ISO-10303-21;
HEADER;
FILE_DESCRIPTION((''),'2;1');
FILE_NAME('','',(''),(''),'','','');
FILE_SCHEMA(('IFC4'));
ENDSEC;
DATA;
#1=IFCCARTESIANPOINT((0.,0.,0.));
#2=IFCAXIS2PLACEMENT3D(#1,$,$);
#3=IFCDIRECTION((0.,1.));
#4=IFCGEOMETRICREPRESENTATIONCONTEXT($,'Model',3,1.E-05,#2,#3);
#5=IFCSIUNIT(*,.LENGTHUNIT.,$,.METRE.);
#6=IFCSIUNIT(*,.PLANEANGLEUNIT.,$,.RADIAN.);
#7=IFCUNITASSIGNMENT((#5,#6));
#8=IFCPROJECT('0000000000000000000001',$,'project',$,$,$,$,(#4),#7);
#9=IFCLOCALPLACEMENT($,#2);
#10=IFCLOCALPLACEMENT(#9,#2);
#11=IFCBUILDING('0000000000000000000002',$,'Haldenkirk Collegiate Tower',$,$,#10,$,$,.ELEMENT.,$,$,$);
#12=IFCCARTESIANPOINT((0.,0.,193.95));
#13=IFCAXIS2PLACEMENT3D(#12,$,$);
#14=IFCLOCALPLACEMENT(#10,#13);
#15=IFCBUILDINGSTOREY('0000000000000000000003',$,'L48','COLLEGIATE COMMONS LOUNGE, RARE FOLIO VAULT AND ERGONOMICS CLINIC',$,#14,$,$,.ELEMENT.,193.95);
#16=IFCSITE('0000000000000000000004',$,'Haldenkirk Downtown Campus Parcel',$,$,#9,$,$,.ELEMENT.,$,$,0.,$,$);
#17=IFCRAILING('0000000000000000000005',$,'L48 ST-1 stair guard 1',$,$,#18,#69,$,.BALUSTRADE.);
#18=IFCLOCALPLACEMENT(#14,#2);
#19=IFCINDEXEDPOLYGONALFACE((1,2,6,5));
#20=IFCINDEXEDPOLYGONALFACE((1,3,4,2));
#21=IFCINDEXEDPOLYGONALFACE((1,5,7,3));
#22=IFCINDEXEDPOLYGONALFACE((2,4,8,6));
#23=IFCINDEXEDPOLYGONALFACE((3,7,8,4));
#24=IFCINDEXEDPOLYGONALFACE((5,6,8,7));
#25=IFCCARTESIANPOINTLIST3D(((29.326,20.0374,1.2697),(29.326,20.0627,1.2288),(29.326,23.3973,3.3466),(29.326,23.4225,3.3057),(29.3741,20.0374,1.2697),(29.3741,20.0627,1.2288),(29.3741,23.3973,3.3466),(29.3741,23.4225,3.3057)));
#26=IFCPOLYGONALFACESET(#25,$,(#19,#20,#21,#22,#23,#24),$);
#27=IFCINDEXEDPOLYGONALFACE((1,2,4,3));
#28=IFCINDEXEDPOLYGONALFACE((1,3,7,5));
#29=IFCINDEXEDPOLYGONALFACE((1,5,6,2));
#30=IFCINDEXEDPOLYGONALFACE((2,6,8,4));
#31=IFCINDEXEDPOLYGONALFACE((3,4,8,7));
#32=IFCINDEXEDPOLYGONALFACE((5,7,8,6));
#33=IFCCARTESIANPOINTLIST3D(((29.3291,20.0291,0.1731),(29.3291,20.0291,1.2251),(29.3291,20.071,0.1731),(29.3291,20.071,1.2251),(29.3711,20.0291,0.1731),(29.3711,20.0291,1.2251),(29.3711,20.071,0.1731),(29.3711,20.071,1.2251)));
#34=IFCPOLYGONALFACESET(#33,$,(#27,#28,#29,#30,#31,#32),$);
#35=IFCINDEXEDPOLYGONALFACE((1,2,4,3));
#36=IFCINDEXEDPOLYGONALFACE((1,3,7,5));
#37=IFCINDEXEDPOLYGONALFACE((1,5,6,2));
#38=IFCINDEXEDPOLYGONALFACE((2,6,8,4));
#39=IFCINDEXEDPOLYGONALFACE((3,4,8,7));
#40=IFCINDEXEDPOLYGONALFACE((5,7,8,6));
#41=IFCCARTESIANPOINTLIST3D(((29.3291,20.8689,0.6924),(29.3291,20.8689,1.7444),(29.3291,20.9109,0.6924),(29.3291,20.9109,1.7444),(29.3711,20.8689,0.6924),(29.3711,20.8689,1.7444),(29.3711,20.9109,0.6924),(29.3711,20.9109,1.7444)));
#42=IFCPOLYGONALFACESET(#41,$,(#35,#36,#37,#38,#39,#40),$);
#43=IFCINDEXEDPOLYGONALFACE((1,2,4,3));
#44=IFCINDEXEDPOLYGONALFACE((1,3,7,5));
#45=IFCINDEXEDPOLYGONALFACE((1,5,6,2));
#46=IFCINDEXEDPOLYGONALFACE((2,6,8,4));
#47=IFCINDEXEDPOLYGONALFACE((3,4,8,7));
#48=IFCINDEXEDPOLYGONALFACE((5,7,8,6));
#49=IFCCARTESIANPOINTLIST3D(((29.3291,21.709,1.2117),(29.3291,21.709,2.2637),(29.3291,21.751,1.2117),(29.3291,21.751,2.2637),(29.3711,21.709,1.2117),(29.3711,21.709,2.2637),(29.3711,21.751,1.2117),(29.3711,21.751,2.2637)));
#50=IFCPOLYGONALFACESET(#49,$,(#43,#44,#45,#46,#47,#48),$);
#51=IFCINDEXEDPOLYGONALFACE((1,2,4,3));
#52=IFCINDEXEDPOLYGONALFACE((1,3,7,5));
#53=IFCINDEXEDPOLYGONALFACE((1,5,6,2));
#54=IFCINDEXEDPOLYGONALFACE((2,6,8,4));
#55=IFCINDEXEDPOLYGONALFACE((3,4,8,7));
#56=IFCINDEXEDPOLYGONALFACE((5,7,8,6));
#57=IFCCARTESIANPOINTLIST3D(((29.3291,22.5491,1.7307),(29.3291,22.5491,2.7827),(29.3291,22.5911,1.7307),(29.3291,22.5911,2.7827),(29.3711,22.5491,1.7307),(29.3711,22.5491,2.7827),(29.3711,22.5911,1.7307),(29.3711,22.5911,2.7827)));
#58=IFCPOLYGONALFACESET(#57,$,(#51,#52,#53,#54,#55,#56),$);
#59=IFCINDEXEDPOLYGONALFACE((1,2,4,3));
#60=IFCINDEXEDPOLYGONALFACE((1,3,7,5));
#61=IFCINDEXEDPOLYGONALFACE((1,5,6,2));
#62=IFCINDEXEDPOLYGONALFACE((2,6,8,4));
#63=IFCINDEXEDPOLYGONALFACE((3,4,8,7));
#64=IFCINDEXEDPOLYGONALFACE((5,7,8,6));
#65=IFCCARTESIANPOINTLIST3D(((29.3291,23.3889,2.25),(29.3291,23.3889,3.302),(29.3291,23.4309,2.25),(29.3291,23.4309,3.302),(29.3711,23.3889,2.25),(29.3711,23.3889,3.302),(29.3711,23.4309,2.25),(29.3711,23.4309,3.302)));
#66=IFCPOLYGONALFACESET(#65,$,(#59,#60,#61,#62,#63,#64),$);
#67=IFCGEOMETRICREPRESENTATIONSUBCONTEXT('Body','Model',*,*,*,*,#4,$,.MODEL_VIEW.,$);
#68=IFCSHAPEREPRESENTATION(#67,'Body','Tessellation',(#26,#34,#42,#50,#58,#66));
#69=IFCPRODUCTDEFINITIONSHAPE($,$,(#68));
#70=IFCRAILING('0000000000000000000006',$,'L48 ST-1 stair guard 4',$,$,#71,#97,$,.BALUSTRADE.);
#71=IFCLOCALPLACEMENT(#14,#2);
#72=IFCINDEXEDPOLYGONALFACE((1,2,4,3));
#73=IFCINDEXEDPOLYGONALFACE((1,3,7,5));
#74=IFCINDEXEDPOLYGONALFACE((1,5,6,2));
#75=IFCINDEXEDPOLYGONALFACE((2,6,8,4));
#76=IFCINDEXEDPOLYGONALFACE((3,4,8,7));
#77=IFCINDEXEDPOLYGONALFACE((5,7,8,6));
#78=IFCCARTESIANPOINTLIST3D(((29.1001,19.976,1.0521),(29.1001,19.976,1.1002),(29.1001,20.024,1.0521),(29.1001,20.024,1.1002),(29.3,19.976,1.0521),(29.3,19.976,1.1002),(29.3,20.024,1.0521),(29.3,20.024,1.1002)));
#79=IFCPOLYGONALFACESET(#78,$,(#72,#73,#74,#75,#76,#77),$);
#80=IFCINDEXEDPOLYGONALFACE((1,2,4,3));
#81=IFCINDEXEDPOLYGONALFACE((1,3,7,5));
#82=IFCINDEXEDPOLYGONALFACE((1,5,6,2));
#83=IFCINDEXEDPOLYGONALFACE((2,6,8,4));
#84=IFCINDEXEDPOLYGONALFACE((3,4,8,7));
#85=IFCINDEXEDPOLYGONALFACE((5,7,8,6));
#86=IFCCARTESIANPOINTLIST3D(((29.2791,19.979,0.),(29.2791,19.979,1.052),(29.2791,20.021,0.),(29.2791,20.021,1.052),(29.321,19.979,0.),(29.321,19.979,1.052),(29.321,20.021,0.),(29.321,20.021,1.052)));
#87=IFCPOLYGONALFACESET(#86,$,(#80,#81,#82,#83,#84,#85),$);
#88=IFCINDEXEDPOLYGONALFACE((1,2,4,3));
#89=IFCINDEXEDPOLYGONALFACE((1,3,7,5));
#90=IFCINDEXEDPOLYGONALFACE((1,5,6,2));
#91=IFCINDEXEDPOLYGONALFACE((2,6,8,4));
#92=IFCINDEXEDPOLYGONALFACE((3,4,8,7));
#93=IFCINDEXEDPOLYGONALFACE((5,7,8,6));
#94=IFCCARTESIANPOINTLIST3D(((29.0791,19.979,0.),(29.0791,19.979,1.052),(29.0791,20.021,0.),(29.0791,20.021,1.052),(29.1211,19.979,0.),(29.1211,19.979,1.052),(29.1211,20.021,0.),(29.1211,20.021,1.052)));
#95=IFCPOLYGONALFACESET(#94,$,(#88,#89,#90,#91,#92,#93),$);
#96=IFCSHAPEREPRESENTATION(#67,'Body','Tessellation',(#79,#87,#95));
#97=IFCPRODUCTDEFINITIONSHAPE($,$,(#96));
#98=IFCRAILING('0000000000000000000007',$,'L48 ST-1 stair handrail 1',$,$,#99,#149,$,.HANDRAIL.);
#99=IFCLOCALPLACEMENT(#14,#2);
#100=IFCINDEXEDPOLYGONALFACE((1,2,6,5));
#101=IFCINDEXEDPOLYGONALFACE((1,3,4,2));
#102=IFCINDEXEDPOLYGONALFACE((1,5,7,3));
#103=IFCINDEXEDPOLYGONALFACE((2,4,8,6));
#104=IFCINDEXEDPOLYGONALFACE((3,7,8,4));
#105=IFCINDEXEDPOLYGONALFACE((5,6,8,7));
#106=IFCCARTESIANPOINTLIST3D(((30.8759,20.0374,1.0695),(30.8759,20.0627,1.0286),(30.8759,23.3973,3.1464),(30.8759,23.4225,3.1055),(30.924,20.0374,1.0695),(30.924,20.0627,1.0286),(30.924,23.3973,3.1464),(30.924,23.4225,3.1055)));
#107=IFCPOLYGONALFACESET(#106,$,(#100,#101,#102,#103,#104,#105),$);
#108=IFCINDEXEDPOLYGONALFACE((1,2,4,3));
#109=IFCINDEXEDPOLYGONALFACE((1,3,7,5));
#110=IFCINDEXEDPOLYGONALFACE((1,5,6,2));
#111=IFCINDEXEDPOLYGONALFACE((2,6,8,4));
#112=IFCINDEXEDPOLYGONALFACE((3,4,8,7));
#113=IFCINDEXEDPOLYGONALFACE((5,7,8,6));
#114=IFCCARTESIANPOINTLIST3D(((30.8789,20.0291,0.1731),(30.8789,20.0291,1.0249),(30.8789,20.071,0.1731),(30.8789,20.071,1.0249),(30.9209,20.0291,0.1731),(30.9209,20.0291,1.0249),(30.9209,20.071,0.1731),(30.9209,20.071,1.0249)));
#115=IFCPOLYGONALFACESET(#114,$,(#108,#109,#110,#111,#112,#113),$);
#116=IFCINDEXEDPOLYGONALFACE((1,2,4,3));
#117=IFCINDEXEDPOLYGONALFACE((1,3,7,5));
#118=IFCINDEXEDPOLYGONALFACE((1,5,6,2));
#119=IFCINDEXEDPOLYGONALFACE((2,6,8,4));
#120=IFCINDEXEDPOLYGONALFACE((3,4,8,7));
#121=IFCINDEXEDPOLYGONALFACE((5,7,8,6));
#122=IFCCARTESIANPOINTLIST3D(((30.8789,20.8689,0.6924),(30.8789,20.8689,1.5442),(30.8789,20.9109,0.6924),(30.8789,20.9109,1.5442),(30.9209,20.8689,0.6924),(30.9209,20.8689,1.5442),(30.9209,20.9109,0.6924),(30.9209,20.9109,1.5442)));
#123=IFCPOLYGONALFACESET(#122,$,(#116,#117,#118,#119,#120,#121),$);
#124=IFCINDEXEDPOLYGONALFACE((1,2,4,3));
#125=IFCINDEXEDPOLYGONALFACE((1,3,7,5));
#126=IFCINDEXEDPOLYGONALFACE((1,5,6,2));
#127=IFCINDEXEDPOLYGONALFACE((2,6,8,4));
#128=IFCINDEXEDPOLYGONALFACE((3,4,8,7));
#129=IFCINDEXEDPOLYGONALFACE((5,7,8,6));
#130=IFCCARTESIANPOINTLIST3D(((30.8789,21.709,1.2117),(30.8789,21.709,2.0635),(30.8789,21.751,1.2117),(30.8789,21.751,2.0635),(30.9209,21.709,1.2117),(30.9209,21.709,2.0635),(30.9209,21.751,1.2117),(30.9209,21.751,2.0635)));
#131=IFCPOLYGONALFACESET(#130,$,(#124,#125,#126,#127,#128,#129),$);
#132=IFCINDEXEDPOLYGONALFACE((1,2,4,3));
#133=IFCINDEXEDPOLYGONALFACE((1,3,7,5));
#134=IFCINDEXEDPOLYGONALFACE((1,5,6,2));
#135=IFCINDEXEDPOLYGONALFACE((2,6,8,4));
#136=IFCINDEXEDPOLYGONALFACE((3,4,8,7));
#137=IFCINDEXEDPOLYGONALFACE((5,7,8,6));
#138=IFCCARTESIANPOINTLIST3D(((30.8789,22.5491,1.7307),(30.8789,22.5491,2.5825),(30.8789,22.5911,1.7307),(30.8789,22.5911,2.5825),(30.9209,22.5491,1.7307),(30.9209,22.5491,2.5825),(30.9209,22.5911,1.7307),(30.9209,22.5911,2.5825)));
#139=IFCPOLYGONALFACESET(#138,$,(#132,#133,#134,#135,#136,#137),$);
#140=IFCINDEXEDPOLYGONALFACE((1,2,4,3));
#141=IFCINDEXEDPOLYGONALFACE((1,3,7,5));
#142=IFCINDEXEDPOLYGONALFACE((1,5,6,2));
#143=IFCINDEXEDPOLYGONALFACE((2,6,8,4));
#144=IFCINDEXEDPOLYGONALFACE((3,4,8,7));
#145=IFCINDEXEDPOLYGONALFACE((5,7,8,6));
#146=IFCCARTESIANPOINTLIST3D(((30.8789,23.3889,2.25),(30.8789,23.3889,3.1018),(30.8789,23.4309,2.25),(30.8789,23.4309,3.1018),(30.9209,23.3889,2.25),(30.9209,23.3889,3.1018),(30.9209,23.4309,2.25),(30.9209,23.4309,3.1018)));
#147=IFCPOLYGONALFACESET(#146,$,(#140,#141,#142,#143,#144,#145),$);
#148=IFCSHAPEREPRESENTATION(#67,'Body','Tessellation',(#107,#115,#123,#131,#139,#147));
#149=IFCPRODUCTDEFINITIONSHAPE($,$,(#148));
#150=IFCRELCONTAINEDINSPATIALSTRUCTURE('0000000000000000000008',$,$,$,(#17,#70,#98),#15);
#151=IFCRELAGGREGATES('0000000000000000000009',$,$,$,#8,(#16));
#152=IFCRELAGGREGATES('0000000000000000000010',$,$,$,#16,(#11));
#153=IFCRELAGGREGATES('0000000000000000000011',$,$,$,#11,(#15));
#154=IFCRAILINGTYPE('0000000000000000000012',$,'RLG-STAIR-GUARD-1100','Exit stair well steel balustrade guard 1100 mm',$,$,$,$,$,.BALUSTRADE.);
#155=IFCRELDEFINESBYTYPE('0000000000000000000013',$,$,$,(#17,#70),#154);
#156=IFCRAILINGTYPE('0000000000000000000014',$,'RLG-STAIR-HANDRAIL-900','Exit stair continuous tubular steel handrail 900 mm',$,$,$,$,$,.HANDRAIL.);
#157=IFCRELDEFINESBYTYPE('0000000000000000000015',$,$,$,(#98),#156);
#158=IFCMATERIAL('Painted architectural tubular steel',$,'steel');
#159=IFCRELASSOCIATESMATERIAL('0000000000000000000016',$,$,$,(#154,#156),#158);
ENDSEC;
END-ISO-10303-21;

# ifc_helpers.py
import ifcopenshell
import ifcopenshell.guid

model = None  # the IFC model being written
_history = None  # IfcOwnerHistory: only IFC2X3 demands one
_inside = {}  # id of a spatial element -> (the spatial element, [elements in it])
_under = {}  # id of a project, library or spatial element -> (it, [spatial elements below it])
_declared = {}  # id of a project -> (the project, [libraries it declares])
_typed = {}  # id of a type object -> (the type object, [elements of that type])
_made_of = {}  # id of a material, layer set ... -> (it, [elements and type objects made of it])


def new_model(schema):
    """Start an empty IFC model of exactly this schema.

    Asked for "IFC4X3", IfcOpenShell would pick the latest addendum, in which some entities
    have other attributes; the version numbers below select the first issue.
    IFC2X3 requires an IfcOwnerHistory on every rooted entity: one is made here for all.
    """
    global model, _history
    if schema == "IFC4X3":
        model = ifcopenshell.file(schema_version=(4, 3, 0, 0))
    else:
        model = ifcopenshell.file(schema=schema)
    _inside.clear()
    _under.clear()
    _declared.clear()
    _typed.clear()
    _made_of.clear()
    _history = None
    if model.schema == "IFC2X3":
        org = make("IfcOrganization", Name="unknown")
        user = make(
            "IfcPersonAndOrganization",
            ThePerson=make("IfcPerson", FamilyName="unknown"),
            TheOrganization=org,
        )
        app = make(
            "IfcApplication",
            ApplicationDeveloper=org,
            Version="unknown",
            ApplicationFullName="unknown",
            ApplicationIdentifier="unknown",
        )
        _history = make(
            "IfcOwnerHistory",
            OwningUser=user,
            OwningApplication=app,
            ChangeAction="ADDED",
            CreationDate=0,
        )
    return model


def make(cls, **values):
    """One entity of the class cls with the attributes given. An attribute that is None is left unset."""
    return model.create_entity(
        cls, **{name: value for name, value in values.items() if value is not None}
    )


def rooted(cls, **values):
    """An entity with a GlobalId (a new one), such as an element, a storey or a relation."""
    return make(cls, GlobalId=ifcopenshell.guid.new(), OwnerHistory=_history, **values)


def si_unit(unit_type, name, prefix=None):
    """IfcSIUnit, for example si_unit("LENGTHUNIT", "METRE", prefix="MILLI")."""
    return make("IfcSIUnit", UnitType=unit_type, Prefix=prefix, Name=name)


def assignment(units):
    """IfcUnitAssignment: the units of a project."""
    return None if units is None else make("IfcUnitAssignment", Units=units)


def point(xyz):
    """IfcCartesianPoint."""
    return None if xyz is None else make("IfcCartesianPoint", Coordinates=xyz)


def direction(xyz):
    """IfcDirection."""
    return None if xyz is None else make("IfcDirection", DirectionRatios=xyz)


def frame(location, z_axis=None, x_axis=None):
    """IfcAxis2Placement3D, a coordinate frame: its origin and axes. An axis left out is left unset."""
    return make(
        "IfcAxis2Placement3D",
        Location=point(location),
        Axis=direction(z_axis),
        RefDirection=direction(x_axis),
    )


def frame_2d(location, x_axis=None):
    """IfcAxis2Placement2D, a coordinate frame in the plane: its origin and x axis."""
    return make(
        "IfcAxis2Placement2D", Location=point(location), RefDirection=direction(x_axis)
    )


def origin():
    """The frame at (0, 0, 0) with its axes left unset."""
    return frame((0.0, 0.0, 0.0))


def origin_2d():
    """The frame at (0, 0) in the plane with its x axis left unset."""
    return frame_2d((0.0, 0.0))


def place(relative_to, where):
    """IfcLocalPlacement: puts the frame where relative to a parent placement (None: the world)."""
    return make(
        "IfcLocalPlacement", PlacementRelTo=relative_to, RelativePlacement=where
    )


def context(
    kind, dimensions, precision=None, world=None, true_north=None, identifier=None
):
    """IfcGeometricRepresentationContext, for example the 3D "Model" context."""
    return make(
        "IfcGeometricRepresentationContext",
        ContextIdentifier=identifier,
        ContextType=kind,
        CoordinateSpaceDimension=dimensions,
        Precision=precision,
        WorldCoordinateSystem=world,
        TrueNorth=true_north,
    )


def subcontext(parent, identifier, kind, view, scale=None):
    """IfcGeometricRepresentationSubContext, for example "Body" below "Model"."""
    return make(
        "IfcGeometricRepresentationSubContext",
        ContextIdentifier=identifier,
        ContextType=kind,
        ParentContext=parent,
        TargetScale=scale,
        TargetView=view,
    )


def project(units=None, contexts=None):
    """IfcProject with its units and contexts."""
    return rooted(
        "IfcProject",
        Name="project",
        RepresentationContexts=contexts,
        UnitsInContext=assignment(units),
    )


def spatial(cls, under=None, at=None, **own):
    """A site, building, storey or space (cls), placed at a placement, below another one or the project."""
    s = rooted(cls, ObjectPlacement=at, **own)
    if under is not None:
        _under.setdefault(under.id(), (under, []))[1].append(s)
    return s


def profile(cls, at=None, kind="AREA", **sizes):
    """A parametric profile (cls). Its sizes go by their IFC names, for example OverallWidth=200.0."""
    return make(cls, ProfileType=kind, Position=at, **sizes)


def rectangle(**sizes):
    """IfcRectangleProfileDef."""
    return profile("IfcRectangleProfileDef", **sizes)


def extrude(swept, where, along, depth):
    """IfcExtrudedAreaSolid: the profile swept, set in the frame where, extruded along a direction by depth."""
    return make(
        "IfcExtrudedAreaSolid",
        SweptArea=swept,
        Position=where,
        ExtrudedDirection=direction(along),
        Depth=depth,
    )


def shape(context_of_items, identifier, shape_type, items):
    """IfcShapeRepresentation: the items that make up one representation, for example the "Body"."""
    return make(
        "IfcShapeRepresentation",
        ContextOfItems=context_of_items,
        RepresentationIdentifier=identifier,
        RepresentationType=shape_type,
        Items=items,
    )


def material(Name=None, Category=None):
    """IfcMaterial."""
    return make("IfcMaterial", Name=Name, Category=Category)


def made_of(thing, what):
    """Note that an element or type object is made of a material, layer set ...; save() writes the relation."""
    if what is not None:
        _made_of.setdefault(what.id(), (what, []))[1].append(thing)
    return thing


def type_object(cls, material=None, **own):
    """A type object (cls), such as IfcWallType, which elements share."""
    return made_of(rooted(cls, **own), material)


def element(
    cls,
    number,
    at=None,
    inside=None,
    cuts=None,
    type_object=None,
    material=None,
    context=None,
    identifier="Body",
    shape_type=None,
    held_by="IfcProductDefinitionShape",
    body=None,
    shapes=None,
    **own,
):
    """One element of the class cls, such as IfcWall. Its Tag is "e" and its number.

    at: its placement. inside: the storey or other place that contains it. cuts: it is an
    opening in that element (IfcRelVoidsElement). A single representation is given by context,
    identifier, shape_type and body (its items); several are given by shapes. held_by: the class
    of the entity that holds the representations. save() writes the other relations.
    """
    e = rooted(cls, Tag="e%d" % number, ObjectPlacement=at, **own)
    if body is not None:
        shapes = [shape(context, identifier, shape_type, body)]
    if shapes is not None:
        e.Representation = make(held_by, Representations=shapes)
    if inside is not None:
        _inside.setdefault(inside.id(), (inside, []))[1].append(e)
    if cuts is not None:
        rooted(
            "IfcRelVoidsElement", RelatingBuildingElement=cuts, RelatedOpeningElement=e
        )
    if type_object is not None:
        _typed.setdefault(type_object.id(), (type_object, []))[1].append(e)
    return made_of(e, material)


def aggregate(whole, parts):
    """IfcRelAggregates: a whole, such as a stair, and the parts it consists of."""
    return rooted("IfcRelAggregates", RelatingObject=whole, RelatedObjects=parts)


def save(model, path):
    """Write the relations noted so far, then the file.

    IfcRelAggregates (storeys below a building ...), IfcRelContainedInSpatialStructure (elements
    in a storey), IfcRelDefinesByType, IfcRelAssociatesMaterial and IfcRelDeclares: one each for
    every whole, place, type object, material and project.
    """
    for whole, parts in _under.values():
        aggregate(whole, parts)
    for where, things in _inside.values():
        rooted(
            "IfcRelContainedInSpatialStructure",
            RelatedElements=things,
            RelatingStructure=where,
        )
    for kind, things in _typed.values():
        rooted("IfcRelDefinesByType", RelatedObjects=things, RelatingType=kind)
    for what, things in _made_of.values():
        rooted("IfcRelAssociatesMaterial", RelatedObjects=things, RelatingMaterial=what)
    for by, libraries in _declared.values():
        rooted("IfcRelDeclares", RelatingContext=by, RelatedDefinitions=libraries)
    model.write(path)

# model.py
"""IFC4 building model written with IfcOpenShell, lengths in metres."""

from ifc_helpers import new_model, si_unit, direction, frame, origin, origin_2d, place, context, subcontext, project, spatial, rectangle, extrude, material, type_object, element, save


model = new_model("IFC4")

# Units and contexts
model_context = context("Model", 3, precision=1e-05, world=origin(), true_north=direction((0.0, 1.0)))
body_context = subcontext(model_context, "Body", "Model", "MODEL_VIEW")
ifc_project = project(units=[si_unit("LENGTHUNIT", "METRE"), si_unit("PLANEANGLEUNIT", "RADIAN")], contexts=[model_context])

# Site, building, storey
site_placement = place(None, origin())
site = spatial("IfcSite", under=ifc_project, at=site_placement, Name="Haldenkirk Downtown Campus Parcel", CompositionType="ELEMENT", RefElevation=0.0)
building_placement = place(site_placement, origin())
building = spatial("IfcBuilding", under=site, at=building_placement, Name="Haldenkirk Collegiate Tower", CompositionType="ELEMENT")
storey_placement = place(building_placement, frame((0.0, 0.0, 193.95)))
storey = spatial("IfcBuildingStorey", under=building, at=storey_placement, Name="L48", Description="COLLEGIATE COMMONS LOUNGE, RARE FOLIO VAULT AND ERGONOMICS CLINIC", CompositionType="ELEMENT", Elevation=193.95)

# Railings
ifc_material_1 = material(Name="Painted architectural tubular steel", Category="steel")
railing_type_1 = type_object("IfcRailingType", Name="RLG-STAIR-GUARD-1100", Description="Exit stair well steel balustrade guard 1100 mm", PredefinedType="BALUSTRADE", material=ifc_material_1)
railing_1_placement = place(storey_placement, frame((29.3501, 20.05, 0.1731)))
element("IfcRailing", 1, at=railing_1_placement, inside=storey, type_object=railing_type_1, Name="L48 ST-1 stair guard 1", PredefinedType="BALUSTRADE", context=body_context, shape_type="SweptSolid", body=[
    extrude(rectangle(XDim=0.0481, YDim=0.0481, at=origin_2d()), frame((0.0, 0.0, 1.0762), z_axis=(0.0, 0.850606, 0.525803), x_axis=(-1.0, 0.0, 0.0)), (0.0, 0.0, 1.0), 3.95),
    extrude(rectangle(XDim=0.042, YDim=0.042, at=origin_2d()), origin(), (0.0, 0.0, 1.0), 1.052),
    extrude(rectangle(XDim=0.042, YDim=0.042, at=origin_2d()), frame((0.0, 0.8398, 0.5193)), (0.0, 0.0, 1.0), 1.052),
    extrude(rectangle(XDim=0.042, YDim=0.042, at=origin_2d()), frame((0.0, 1.6799, 1.0386)), (0.0, 0.0, 1.0), 1.052),
    extrude(rectangle(XDim=0.042, YDim=0.042, at=origin_2d()), frame((0.0, 2.52, 1.5576)), (0.0, 0.0, 1.0), 1.052),
    extrude(rectangle(XDim=0.042, YDim=0.042, at=origin_2d()), frame((0.0, 3.3599, 2.0769)), (0.0, 0.0, 1.0), 1.052),
])
railing_2_placement = place(storey_placement, frame((29.3, 20.0, 0.0)))
element("IfcRailing", 2, at=railing_2_placement, inside=storey, type_object=railing_type_1, Name="L48 ST-1 stair guard 4", PredefinedType="BALUSTRADE", context=body_context, shape_type="SweptSolid", body=[
    extrude(rectangle(XDim=0.0481, YDim=0.0481, at=origin_2d()), frame((0.0, 0.0, 1.0762), z_axis=(-1.0, 0.0, 0.0), x_axis=(0.0, -1.0, 0.0)), (0.0, 0.0, 1.0), 0.2),
    extrude(rectangle(XDim=0.042, YDim=0.042, at=origin_2d()), origin(), (0.0, 0.0, 1.0), 1.052),
    extrude(rectangle(XDim=0.042, YDim=0.042, at=origin_2d()), frame((-0.2, 0.0, 0.0)), (0.0, 0.0, 1.0), 1.052),
])
railing_type_2 = type_object("IfcRailingType", Name="RLG-STAIR-HANDRAIL-900", Description="Exit stair continuous tubular steel handrail 900 mm", PredefinedType="HANDRAIL", material=ifc_material_1)
railing_3_placement = place(storey_placement, frame((30.8999, 20.05, 0.1731)))
element("IfcRailing", 3, at=railing_3_placement, inside=storey, type_object=railing_type_2, Name="L48 ST-1 stair handrail 1", PredefinedType="HANDRAIL", context=body_context, shape_type="SweptSolid", body=[
    extrude(rectangle(XDim=0.0481, YDim=0.0481, at=origin_2d()), frame((0.0, 0.0, 0.876), z_axis=(0.0, 0.850606, 0.525803), x_axis=(-1.0, 0.0, 0.0)), (0.0, 0.0, 1.0), 3.95),
    extrude(rectangle(XDim=0.042, YDim=0.042, at=origin_2d()), origin(), (0.0, 0.0, 1.0), 0.8518),
    extrude(rectangle(XDim=0.042, YDim=0.042, at=origin_2d()), frame((0.0, 0.8398, 0.5193)), (0.0, 0.0, 1.0), 0.8518),
    extrude(rectangle(XDim=0.042, YDim=0.042, at=origin_2d()), frame((0.0, 1.6799, 1.0386)), (0.0, 0.0, 1.0), 0.8518),
    extrude(rectangle(XDim=0.042, YDim=0.042, at=origin_2d()), frame((0.0, 2.52, 1.5576)), (0.0, 0.0, 1.0), 0.8518),
    extrude(rectangle(XDim=0.042, YDim=0.042, at=origin_2d()), frame((0.0, 3.3599, 2.0769)), (0.0, 0.0, 1.0), 0.8518),
])

save(model, "model.ifc")
